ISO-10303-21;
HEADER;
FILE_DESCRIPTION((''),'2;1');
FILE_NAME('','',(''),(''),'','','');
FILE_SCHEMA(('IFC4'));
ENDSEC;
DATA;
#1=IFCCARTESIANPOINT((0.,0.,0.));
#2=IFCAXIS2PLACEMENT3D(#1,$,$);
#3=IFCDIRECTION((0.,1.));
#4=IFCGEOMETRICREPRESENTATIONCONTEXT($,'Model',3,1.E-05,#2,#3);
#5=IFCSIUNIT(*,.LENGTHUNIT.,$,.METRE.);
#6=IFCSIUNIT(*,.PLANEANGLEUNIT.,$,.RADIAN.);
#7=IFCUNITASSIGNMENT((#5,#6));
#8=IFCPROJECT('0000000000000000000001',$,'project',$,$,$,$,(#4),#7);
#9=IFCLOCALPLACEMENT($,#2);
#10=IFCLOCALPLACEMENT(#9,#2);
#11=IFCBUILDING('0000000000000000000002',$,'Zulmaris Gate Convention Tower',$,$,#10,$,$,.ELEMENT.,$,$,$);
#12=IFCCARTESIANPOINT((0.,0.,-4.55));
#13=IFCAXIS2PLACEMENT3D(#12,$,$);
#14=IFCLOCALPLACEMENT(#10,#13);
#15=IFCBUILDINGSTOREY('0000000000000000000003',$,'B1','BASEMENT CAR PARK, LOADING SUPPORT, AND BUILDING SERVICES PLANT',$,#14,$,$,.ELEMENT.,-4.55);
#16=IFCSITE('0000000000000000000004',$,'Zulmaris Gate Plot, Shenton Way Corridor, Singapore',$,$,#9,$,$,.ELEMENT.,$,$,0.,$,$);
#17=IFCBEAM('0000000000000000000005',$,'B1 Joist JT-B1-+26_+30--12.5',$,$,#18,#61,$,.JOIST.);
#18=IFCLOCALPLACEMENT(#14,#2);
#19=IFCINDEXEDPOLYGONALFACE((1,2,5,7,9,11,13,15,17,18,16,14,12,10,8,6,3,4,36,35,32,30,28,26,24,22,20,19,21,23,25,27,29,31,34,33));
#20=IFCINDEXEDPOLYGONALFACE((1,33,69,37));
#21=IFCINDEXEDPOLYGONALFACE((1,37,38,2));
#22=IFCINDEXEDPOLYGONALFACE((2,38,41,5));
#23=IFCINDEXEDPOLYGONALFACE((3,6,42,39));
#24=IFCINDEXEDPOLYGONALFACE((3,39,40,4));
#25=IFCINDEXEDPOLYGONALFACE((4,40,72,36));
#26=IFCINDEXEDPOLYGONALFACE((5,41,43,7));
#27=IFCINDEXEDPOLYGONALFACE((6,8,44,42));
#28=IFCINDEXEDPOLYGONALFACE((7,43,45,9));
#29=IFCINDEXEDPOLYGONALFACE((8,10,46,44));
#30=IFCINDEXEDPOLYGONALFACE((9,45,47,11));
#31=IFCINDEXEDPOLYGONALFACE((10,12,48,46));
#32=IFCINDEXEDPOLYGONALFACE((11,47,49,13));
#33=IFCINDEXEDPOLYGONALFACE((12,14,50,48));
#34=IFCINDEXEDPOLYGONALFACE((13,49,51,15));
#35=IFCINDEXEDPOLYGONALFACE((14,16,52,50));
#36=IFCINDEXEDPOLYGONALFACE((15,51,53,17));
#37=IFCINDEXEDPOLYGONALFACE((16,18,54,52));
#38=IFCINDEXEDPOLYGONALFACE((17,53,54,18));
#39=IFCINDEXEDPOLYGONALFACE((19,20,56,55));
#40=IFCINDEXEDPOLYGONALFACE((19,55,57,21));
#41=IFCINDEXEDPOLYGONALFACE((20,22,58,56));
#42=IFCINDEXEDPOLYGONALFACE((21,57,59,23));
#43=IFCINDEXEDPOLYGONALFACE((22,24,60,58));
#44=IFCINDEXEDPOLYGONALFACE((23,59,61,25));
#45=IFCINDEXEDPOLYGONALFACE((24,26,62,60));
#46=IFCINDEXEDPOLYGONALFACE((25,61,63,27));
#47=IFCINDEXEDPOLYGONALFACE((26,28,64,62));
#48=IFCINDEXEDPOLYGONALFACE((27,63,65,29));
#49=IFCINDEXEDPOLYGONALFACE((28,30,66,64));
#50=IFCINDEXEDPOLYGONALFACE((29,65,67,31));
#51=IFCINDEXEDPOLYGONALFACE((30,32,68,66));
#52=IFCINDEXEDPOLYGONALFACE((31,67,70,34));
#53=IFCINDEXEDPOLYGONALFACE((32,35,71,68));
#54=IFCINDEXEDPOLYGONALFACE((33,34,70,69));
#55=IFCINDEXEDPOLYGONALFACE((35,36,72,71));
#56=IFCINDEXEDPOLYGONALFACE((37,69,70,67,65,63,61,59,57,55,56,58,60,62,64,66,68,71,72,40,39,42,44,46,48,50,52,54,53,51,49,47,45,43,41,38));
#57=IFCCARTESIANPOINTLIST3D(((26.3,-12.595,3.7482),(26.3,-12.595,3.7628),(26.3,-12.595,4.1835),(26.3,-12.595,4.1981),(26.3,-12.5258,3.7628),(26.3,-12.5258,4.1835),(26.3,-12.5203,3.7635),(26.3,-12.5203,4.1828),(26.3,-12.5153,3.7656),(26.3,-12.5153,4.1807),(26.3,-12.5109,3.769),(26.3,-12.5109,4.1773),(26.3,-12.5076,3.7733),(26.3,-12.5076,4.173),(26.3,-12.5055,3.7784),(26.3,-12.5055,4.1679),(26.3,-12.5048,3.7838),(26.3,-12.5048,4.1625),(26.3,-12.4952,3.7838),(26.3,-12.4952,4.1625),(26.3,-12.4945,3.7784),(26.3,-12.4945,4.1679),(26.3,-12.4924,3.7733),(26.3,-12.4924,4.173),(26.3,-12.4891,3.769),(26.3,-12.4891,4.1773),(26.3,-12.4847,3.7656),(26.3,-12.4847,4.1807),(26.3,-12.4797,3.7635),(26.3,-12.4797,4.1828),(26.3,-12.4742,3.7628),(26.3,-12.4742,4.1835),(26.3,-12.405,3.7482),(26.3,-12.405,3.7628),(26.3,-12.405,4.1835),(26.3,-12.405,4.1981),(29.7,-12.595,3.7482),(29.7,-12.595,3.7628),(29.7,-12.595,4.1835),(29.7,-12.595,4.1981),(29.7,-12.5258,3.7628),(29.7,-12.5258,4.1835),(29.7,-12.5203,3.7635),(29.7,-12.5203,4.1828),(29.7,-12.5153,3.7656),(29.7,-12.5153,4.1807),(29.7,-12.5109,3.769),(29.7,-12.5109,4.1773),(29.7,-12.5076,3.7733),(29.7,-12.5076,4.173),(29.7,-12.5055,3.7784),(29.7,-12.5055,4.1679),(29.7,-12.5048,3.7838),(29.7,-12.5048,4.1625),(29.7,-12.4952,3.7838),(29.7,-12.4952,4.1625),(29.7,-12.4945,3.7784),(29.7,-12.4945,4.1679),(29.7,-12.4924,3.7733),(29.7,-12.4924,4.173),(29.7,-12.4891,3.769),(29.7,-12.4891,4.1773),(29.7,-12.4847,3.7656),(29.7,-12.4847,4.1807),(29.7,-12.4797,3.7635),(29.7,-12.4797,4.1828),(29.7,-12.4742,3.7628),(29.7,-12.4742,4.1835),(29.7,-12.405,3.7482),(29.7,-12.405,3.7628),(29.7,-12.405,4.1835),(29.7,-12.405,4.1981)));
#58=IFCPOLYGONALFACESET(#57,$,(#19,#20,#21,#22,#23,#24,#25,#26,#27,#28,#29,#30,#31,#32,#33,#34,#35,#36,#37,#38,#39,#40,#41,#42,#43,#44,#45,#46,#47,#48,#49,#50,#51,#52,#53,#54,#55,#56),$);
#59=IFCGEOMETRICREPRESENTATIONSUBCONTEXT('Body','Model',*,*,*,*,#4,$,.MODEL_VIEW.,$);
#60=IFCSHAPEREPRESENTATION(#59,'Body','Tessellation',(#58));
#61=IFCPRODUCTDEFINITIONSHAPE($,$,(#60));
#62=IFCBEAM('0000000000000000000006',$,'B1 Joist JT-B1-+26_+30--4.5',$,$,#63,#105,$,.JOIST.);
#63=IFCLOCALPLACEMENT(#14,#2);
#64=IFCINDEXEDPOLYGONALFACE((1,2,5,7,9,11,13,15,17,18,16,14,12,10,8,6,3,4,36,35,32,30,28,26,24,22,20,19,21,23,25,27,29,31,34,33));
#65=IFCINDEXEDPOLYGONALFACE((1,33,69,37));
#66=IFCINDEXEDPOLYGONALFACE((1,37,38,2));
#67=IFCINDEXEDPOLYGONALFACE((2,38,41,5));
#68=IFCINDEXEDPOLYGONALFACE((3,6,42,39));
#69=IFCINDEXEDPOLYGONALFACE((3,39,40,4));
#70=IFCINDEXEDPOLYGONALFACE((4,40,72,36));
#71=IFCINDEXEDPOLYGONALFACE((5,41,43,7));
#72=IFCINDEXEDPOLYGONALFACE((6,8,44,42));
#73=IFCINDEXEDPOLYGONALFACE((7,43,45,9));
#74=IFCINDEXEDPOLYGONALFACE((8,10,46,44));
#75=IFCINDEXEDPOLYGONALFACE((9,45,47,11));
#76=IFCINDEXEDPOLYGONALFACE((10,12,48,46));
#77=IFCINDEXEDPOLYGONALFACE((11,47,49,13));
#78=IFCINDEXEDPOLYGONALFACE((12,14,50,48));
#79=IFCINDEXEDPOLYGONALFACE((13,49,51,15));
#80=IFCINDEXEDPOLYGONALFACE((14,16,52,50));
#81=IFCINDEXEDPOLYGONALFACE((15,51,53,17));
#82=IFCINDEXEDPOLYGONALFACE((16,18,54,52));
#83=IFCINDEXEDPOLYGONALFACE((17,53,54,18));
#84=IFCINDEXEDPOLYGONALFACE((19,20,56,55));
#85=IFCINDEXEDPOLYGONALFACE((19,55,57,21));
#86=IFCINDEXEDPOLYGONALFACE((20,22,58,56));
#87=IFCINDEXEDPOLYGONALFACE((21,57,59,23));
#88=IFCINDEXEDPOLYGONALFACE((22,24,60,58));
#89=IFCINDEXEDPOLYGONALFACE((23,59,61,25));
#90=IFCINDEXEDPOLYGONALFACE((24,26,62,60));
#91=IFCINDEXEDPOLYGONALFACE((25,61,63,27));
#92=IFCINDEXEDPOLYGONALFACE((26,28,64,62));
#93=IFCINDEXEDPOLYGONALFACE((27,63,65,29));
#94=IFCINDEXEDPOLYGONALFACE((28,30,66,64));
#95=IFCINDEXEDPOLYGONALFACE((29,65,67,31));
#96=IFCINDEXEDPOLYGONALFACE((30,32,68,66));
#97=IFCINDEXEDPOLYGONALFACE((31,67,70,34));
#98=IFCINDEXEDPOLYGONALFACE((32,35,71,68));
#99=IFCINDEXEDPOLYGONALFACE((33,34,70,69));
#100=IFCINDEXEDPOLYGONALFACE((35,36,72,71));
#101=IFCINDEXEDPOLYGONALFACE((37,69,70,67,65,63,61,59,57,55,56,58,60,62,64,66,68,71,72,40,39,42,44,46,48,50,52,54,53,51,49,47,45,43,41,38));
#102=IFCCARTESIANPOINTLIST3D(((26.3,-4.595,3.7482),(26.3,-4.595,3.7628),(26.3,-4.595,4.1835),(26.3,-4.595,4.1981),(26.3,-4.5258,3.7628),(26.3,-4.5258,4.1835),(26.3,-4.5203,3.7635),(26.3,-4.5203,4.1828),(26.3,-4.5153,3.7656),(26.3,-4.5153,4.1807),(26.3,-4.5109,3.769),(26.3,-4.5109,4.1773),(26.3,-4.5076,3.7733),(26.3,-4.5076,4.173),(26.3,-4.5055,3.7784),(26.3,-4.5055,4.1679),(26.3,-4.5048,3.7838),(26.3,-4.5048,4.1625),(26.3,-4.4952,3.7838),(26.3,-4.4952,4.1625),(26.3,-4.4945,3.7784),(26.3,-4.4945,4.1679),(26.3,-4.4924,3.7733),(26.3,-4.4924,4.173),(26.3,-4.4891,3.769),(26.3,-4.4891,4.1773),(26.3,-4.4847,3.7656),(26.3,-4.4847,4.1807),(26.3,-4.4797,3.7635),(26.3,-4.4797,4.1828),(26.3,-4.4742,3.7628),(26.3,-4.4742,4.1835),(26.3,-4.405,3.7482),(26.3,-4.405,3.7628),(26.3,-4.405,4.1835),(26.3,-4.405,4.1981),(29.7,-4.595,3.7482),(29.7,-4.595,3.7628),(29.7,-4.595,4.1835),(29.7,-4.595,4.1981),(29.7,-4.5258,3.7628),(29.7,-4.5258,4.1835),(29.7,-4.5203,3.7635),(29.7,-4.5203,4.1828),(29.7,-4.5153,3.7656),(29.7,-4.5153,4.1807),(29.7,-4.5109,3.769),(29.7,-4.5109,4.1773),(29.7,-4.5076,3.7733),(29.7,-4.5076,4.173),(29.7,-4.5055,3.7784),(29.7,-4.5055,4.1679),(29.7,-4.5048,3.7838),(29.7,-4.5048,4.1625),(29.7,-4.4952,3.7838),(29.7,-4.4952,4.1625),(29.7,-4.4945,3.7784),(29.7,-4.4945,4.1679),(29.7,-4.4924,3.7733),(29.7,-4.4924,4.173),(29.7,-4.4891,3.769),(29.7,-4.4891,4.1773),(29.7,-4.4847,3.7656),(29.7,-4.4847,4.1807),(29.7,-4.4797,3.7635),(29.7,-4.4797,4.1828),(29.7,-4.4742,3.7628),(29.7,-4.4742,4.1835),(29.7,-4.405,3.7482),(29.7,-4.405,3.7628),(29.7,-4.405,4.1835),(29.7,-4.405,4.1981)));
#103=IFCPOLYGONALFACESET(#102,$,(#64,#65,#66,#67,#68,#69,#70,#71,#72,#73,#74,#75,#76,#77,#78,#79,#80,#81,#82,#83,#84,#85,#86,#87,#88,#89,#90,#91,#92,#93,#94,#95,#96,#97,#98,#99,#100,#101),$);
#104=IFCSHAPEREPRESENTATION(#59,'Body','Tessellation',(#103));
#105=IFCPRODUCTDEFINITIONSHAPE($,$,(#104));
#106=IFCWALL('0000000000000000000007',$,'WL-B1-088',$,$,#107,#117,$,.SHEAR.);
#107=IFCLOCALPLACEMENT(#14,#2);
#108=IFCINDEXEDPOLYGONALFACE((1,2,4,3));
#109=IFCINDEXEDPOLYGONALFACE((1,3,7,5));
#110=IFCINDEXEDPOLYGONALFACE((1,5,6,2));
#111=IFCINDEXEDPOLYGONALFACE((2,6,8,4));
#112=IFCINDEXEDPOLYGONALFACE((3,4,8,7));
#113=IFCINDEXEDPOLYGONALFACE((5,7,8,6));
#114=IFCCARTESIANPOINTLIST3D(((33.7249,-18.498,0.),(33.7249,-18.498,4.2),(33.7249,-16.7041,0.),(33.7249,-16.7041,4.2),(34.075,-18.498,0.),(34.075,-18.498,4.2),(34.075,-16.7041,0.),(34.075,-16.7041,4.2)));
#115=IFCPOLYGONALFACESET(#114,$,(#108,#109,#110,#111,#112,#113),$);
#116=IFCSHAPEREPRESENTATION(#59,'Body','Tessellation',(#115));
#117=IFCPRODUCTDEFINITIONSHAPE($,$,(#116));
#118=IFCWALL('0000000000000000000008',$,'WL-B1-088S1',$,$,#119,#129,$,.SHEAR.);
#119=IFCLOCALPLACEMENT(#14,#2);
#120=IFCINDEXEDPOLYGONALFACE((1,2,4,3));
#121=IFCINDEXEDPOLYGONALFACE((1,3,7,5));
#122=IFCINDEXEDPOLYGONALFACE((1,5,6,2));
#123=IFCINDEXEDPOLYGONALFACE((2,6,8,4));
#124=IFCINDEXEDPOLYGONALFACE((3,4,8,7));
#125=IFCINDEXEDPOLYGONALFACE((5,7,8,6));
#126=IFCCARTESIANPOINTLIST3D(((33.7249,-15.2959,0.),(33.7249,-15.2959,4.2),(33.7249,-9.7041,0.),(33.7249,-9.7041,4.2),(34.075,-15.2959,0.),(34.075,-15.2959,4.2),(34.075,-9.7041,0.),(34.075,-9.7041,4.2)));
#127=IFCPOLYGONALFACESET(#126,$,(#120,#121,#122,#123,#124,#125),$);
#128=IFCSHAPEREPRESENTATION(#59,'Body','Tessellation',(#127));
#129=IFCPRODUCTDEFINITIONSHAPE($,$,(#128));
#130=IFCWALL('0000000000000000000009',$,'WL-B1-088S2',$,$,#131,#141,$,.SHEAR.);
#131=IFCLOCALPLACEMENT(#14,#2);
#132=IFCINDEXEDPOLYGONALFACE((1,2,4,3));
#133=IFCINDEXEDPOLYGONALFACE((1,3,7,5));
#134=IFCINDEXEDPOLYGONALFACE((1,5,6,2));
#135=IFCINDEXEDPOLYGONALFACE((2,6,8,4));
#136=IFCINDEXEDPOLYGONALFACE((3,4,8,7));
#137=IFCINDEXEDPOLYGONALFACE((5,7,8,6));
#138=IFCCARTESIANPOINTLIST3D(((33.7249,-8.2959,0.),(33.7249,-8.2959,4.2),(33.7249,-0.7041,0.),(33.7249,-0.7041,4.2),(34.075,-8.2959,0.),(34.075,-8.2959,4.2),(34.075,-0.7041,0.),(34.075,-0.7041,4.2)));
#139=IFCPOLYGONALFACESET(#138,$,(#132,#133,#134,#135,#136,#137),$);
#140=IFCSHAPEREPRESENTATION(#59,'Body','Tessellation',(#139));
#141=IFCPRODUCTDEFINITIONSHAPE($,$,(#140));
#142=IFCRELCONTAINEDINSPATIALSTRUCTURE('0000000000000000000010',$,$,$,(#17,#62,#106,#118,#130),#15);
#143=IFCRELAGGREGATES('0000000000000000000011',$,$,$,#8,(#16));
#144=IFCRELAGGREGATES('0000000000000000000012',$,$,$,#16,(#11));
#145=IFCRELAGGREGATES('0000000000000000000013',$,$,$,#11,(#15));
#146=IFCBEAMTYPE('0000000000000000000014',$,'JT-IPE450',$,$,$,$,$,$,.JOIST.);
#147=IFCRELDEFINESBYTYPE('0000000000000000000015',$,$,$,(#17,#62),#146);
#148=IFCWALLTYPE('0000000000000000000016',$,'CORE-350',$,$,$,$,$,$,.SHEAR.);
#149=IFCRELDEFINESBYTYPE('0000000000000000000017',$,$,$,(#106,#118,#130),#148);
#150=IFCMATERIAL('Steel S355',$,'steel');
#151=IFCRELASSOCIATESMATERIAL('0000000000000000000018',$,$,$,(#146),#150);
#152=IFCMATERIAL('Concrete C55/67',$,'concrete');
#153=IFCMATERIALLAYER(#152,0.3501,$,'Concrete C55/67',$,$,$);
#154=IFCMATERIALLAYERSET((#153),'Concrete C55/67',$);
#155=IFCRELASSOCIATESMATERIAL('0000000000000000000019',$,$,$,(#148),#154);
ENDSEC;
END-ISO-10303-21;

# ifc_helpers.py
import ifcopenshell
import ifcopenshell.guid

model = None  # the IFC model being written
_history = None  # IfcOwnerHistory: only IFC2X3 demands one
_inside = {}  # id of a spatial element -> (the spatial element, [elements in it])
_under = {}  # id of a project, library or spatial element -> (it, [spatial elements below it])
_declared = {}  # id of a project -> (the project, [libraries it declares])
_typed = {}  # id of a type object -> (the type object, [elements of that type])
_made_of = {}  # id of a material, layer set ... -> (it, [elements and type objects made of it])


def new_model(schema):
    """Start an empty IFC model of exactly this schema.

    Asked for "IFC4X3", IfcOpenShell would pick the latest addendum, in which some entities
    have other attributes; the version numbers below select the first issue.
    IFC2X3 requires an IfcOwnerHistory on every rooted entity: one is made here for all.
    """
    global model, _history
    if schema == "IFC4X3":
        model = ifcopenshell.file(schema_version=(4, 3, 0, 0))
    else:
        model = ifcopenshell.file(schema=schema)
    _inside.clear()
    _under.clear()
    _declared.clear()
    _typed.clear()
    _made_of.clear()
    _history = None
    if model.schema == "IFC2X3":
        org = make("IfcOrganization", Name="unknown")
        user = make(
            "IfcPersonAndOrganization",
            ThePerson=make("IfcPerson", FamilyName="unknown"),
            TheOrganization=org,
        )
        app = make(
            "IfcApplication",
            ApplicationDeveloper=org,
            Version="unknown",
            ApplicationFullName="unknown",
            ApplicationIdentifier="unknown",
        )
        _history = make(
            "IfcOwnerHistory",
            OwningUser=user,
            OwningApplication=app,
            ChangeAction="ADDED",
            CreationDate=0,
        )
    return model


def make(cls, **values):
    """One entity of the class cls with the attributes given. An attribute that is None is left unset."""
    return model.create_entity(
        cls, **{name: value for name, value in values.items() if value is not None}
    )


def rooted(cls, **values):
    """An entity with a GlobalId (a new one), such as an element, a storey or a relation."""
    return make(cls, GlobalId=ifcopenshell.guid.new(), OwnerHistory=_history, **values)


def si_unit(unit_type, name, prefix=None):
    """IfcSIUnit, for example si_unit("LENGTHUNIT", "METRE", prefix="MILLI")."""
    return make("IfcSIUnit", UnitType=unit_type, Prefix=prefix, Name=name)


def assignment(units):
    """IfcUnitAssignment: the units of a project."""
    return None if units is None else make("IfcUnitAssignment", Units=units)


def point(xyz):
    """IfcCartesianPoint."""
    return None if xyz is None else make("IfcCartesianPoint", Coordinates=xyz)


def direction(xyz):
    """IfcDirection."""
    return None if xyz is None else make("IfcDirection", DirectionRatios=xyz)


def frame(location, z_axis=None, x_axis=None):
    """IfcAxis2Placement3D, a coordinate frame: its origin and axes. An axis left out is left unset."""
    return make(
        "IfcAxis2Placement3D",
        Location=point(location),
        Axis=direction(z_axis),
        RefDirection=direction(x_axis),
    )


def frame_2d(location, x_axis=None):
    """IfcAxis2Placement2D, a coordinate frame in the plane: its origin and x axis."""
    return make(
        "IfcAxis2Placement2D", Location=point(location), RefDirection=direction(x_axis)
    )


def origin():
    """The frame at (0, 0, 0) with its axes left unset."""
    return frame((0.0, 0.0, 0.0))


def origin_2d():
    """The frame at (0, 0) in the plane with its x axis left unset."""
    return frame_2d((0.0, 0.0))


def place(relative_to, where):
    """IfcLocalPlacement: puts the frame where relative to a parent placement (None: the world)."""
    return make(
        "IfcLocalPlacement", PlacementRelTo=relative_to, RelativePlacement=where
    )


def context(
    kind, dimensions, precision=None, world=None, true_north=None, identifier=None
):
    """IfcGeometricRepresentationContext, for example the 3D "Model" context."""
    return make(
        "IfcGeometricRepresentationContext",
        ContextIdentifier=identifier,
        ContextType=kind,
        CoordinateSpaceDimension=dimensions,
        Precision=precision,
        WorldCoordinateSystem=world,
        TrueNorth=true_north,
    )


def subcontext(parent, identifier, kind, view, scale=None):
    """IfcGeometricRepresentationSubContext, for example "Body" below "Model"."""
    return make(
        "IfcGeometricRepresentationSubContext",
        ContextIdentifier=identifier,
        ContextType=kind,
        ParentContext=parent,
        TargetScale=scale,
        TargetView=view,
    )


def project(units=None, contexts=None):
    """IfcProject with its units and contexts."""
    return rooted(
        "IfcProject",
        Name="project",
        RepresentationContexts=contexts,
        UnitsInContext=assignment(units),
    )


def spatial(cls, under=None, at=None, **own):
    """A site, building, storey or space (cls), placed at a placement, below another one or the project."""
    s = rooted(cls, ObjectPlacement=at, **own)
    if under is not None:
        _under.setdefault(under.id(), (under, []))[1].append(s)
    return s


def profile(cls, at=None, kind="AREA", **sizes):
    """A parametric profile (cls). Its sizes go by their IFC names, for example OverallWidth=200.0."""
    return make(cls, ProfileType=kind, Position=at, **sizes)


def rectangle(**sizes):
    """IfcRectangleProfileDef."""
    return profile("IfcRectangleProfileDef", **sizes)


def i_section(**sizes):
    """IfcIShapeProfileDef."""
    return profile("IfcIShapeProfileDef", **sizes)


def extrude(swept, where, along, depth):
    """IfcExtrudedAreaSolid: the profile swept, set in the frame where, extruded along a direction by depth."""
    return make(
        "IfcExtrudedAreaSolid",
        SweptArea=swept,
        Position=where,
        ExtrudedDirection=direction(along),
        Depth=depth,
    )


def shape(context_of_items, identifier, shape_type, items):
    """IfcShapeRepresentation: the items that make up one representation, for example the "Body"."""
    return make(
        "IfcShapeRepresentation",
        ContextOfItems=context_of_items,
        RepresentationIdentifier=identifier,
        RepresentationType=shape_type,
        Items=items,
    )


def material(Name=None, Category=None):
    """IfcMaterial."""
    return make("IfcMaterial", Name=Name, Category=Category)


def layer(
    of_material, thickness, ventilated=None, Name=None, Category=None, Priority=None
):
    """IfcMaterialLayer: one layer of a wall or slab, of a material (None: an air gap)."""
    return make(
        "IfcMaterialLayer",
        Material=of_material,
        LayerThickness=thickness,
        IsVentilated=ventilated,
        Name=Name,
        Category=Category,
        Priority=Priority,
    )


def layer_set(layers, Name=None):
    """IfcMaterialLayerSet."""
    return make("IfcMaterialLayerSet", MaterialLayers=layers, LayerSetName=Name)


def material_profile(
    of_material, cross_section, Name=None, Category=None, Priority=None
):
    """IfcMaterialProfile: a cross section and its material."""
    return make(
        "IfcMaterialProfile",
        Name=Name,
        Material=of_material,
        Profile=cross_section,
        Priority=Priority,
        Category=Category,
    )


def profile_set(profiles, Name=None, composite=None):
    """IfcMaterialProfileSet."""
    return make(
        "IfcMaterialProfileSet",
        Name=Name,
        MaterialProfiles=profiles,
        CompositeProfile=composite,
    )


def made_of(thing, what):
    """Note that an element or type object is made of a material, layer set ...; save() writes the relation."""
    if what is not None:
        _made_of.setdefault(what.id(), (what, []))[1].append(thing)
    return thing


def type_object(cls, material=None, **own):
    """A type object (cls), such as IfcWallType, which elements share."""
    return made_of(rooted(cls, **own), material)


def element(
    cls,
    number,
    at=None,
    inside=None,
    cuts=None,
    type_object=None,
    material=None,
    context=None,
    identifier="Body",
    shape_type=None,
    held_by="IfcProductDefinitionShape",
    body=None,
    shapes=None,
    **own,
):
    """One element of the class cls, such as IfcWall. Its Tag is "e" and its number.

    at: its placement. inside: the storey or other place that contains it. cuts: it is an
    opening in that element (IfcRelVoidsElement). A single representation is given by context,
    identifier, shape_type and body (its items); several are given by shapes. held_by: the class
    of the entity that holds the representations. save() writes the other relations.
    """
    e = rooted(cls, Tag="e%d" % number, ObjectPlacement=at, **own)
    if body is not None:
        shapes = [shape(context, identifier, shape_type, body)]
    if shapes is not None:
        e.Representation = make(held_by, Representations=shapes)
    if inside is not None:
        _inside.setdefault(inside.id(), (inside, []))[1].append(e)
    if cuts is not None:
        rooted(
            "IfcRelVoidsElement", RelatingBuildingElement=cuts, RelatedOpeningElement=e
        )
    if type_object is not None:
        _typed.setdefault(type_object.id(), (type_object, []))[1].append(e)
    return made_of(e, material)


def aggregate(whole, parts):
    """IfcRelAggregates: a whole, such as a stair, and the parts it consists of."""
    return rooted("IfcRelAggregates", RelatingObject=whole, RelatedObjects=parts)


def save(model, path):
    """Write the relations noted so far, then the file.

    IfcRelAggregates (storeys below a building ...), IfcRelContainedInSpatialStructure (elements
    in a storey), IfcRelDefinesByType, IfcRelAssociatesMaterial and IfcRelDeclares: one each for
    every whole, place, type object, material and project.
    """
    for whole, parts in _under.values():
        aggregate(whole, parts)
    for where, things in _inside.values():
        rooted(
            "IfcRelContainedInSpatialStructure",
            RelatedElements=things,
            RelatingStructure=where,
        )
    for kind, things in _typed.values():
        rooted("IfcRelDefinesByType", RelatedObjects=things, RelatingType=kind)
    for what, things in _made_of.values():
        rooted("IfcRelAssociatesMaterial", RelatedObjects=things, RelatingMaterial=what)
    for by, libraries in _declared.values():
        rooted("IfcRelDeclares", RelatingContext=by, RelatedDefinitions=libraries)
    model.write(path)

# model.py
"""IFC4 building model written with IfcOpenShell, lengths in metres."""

from ifc_helpers import new_model, si_unit, direction, frame, frame_2d, origin, origin_2d, place, context, subcontext, project, spatial, rectangle, i_section, extrude, material, layer, layer_set, material_profile, profile_set, type_object, element, save


model = new_model("IFC4")

# Units and contexts
model_context = context("Model", 3, precision=1e-05, world=origin(), true_north=direction((0.0, 1.0)))
body_context = subcontext(model_context, "Body", "Model", "MODEL_VIEW")
ifc_project = project(units=[si_unit("LENGTHUNIT", "METRE"), si_unit("PLANEANGLEUNIT", "RADIAN")], contexts=[model_context])

# Site, building, storey
site_placement = place(None, origin())
site = spatial("IfcSite", under=ifc_project, at=site_placement, Name="Zulmaris Gate Plot, Shenton Way Corridor, Singapore", CompositionType="ELEMENT", RefElevation=0.0)
building_placement = place(site_placement, origin())
building = spatial("IfcBuilding", under=site, at=building_placement, Name="Zulmaris Gate Convention Tower", CompositionType="ELEMENT")
storey_placement = place(building_placement, frame((0.0, 0.0, -4.55)))
storey = spatial("IfcBuildingStorey", under=building, at=storey_placement, Name="B1", Description="BASEMENT CAR PARK, LOADING SUPPORT, AND BUILDING SERVICES PLANT", CompositionType="ELEMENT", Elevation=-4.55)

# Beams
ifc_material_1 = material(Name="Steel S355", Category="steel")
ifc_material_profile_1 = material_profile(ifc_material_1, i_section(OverallWidth=0.1899, OverallDepth=0.45, WebThickness=0.0095, FlangeThickness=0.0146, FilletRadius=0.021, at=origin_2d()), Name="IPE 450")
ifc_profile_set_1 = profile_set([ifc_material_profile_1], Name="Steel S355")
beam_type_1 = type_object("IfcBeamType", Name="JT-IPE450", PredefinedType="JOIST", material=ifc_profile_set_1)
for number, where, z_axis, x_axis, name in (
    (1, (26.3, -12.5, 3.9731), (1.0, 0.0, 0.0), (0.0, 1.0, 0.0), "B1 Joist JT-B1-+26_+30--12.5"),
    (2, (26.3, -4.5, 3.9731), (1.0, 0.0, 0.0), (0.0, 1.0, 0.0), "B1 Joist JT-B1-+26_+30--4.5"),
):
    element("IfcBeam", number, at=place(storey_placement, frame(where, z_axis=z_axis, x_axis=x_axis)), inside=storey, type_object=beam_type_1, Name=name, PredefinedType="JOIST", context=body_context, shape_type="SweptSolid", body=[
        extrude(i_section(OverallWidth=0.1899, OverallDepth=0.45, WebThickness=0.0095, FlangeThickness=0.0146, FilletRadius=0.021, at=origin_2d()), origin(), (0.0, 0.0, 1.0), 3.3999),
    ])

# Walls
ifc_material_2 = material(Name="Concrete C55/67", Category="concrete")
ifc_layer_1 = layer(ifc_material_2, 0.3501, Name="Concrete C55/67")
ifc_layer_set_1 = layer_set([ifc_layer_1], Name="Concrete C55/67")
wall_type_1 = type_object("IfcWallType", Name="CORE-350", PredefinedType="SHEAR", material=ifc_layer_set_1)
wall_1_placement = place(storey_placement, frame((33.8999, -18.498, 0.0), z_axis=(0.0, 0.0, 1.0), x_axis=(0.0, 1.0, 0.0)))
element("IfcWall", 3, at=wall_1_placement, inside=storey, type_object=wall_type_1, Name="WL-B1-088", PredefinedType="SHEAR", context=body_context, shape_type="SweptSolid", body=[
    extrude(rectangle(XDim=1.7939, YDim=0.3501, at=frame_2d((0.897, 0.0))), origin(), (0.0, 0.0, 1.0), 4.2),
])
wall_2_placement = place(storey_placement, frame((33.8999, -15.2959, 0.0), z_axis=(0.0, 0.0, 1.0), x_axis=(0.0, 1.0, 0.0)))
element("IfcWall", 4, at=wall_2_placement, inside=storey, type_object=wall_type_1, Name="WL-B1-088S1", PredefinedType="SHEAR", context=body_context, shape_type="SweptSolid", body=[
    extrude(rectangle(XDim=5.5918, YDim=0.3501, at=frame_2d((2.7959, 0.0))), origin(), (0.0, 0.0, 1.0), 4.2),
])
wall_3_placement = place(storey_placement, frame((33.8999, -8.2959, 0.0), z_axis=(0.0, 0.0, 1.0), x_axis=(0.0, 1.0, 0.0)))
element("IfcWall", 5, at=wall_3_placement, inside=storey, type_object=wall_type_1, Name="WL-B1-088S2", PredefinedType="SHEAR", context=body_context, shape_type="SweptSolid", body=[
    extrude(rectangle(XDim=7.5918, YDim=0.3501, at=frame_2d((3.7959, 0.0))), origin(), (0.0, 0.0, 1.0), 4.2),
])

save(model, "model.ifc")
